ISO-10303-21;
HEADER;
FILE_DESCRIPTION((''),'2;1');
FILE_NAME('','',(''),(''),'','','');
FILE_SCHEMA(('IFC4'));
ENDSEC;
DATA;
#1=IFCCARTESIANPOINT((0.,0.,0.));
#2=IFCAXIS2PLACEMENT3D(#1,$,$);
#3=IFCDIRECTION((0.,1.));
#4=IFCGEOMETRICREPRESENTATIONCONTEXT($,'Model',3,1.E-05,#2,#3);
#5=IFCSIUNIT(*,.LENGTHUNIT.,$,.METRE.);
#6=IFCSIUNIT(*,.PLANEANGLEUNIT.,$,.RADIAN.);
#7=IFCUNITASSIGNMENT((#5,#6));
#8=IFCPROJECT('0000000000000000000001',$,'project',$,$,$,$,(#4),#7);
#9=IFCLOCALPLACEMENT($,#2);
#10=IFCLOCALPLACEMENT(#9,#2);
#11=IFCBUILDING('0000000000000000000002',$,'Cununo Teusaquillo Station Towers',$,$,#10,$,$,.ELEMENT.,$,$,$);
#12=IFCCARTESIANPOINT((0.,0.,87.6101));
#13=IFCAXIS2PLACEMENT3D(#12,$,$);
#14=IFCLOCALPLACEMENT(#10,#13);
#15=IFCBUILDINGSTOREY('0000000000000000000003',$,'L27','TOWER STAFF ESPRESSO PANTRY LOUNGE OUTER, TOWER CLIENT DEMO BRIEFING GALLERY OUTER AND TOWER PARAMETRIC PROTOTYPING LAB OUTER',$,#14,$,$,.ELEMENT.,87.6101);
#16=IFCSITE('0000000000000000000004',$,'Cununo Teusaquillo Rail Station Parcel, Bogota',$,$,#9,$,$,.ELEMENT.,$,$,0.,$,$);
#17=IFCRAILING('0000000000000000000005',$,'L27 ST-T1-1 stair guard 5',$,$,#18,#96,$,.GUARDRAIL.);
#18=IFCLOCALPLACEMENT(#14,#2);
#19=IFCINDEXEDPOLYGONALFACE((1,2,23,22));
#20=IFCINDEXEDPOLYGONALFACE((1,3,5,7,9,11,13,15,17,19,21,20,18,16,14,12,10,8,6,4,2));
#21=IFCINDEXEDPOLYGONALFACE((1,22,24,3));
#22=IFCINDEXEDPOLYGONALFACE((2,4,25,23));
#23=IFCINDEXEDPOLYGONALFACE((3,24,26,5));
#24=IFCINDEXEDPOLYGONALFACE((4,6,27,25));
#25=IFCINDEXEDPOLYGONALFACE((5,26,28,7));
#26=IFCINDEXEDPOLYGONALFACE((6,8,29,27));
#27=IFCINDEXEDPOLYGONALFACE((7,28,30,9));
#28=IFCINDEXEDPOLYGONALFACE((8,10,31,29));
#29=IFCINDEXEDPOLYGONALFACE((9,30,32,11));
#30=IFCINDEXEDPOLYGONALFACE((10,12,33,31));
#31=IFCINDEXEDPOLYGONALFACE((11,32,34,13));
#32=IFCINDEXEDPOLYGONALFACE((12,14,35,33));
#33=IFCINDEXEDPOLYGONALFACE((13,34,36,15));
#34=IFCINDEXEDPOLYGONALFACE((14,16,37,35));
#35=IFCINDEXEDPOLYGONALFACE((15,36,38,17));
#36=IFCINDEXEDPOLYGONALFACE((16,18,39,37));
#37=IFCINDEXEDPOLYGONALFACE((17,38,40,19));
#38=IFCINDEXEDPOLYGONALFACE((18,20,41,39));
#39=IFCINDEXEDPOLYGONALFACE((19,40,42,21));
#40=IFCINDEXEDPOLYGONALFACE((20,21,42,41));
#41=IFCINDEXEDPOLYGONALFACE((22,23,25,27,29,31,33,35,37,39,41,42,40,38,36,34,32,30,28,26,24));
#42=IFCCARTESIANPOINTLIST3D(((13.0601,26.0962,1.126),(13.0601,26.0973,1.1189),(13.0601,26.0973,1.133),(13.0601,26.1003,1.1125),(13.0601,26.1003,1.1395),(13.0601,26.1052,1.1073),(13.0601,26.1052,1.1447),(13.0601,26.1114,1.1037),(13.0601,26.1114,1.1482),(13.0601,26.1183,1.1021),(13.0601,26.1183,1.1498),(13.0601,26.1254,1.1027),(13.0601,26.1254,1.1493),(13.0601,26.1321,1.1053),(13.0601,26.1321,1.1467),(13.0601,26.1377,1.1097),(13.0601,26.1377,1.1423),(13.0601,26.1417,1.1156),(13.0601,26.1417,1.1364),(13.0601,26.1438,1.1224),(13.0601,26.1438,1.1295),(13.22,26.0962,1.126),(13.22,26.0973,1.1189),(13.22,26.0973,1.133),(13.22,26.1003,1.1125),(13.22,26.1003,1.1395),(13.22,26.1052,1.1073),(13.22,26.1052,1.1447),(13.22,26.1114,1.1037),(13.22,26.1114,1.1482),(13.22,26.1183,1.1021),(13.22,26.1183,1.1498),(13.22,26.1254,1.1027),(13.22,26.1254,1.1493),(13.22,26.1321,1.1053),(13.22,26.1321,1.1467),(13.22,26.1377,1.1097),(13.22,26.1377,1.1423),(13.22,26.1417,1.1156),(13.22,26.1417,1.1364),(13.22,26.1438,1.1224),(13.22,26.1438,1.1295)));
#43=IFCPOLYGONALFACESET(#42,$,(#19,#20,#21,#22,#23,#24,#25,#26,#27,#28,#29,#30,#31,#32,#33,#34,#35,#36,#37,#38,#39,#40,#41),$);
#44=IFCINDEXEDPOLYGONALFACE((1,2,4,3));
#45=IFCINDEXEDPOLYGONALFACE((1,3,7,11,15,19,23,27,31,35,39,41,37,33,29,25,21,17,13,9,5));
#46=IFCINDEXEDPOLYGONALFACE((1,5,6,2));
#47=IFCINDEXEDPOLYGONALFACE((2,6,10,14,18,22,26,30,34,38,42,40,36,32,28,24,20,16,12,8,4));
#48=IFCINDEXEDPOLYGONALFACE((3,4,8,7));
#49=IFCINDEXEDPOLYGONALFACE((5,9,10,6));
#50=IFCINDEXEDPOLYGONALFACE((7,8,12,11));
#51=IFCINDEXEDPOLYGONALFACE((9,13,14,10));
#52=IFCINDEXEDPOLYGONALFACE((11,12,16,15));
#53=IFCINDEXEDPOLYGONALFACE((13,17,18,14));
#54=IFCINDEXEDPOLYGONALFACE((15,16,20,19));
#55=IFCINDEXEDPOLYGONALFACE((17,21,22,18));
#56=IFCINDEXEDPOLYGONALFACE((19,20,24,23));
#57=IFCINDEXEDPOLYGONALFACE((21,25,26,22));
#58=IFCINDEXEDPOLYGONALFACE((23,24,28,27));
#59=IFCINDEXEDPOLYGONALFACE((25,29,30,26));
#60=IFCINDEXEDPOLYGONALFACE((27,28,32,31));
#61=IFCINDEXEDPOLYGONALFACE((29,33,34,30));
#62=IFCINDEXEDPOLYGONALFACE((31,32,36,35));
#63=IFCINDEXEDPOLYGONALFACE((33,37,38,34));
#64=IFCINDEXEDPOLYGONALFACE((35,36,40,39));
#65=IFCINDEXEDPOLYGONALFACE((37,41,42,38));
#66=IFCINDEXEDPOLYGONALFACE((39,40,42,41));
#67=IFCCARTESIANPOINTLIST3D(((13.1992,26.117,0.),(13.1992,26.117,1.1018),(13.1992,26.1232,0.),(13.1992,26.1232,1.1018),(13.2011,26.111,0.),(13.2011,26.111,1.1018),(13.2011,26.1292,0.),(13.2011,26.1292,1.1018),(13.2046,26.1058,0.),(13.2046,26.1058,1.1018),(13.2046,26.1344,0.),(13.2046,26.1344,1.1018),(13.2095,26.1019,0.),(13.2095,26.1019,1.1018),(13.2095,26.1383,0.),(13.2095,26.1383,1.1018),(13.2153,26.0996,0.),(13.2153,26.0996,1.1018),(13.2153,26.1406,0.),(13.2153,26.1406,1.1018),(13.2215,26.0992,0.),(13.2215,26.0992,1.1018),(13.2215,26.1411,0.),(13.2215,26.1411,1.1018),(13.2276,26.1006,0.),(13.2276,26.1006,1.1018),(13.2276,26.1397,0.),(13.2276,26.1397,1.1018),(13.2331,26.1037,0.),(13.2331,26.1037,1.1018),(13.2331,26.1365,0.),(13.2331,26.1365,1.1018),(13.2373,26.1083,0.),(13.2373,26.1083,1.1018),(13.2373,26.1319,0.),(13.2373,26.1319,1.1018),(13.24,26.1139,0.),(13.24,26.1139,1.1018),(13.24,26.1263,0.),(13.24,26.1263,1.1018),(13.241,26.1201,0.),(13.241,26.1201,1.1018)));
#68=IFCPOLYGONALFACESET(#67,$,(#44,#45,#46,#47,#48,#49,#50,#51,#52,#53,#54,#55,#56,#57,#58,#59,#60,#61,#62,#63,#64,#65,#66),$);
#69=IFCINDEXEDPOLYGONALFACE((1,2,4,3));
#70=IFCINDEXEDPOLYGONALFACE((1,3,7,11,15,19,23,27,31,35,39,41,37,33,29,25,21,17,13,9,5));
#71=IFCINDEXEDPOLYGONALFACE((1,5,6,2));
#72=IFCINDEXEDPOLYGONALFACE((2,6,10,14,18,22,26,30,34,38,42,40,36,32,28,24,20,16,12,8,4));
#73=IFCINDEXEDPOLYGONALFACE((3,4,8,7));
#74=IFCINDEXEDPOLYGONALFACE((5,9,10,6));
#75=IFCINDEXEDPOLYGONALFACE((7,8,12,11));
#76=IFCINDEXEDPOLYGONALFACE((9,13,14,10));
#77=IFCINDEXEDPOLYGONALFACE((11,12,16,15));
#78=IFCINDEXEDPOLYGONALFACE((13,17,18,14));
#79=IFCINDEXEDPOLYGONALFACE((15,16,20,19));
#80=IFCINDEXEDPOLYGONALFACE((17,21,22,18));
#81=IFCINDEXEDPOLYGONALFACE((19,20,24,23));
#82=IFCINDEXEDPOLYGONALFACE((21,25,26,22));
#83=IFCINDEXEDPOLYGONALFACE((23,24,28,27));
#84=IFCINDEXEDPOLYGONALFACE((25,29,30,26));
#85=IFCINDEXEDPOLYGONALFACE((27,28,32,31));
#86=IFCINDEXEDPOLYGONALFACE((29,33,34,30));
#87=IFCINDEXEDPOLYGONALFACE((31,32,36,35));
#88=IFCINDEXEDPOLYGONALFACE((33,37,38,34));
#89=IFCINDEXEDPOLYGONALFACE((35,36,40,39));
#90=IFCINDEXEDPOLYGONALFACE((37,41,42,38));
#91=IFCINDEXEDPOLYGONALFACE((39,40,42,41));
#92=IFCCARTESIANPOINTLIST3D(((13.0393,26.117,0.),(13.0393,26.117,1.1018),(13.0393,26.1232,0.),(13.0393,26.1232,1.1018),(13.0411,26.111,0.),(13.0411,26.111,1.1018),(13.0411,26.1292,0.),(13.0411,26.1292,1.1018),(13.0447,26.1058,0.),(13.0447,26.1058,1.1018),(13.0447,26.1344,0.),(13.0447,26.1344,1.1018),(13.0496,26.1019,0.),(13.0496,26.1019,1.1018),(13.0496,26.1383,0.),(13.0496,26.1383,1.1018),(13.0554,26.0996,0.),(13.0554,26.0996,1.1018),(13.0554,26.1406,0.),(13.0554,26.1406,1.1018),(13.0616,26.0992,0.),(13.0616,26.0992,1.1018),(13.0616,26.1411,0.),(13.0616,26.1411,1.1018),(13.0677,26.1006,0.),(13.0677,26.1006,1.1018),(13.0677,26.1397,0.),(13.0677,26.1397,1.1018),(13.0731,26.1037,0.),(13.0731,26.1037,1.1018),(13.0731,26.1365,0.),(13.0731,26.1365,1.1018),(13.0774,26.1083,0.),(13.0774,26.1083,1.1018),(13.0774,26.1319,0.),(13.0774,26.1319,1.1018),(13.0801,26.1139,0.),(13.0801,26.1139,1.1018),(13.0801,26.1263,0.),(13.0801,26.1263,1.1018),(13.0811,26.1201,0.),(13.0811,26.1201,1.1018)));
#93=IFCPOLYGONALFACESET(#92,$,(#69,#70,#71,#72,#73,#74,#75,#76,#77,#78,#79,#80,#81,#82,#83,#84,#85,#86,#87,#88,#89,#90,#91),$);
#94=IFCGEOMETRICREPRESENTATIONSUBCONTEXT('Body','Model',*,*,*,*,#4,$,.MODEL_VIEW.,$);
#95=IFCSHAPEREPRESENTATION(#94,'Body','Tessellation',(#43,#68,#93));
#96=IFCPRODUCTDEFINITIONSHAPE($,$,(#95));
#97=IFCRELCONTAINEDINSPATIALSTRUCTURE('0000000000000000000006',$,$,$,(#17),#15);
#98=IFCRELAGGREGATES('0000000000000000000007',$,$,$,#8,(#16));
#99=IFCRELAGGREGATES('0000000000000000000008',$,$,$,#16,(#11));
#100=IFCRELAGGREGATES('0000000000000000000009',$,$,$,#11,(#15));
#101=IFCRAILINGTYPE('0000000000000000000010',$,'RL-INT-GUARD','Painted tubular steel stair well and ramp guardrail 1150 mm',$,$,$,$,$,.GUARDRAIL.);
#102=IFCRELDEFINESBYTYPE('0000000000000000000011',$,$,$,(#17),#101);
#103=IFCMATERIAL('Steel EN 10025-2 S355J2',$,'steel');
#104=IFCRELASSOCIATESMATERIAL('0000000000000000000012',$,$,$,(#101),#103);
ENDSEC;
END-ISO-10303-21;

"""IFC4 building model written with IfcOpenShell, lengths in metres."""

from ifc_helpers import new_model, si_unit, direction, frame, origin, origin_2d, place, context, subcontext, project, spatial, circle, extrude, material, type_object, element, save


model = new_model("IFC4")

# Units and contexts
model_context = context("Model", 3, precision=1e-05, world=origin(), true_north=direction((0.0, 1.0)))
body_context = subcontext(model_context, "Body", "Model", "MODEL_VIEW")
ifc_project = project(units=[si_unit("LENGTHUNIT", "METRE"), si_unit("PLANEANGLEUNIT", "RADIAN")], contexts=[model_context])

# Site, building, storey
site_placement = place(None, origin())
site = spatial("IfcSite", under=ifc_project, at=site_placement, Name="Cununo Teusaquillo Rail Station Parcel, Bogota", CompositionType="ELEMENT", RefElevation=0.0)
building_placement = place(site_placement, origin())
building = spatial("IfcBuilding", under=site, at=building_placement, Name="Cununo Teusaquillo Station Towers", CompositionType="ELEMENT")
storey_placement = place(building_placement, frame((0.0, 0.0, 87.6101)))
storey = spatial("IfcBuildingStorey", under=building, at=storey_placement, Name="L27", Description="TOWER STAFF ESPRESSO PANTRY LOUNGE OUTER, TOWER CLIENT DEMO BRIEFING GALLERY OUTER AND TOWER PARAMETRIC PROTOTYPING LAB OUTER", CompositionType="ELEMENT", Elevation=87.6101)

# Railing
ifc_material_1 = material(Name="Steel EN 10025-2 S355J2", Category="steel")
railing_type_1 = type_object("IfcRailingType", Name="RL-INT-GUARD", Description="Painted tubular steel stair well and ramp guardrail 1150 mm", PredefinedType="GUARDRAIL", material=ifc_material_1)
railing_1_placement = place(storey_placement, frame((13.22, 26.1201, 0.0)))
element("IfcRailing", 1, at=railing_1_placement, inside=storey, type_object=railing_type_1, Name="L27 ST-T1-1 stair guard 5", PredefinedType="GUARDRAIL", context=body_context, shape_type="SweptSolid", body=[
    extrude(circle(Radius=0.0239, at=origin_2d()), frame((0.0, 0.0, 1.126), z_axis=(-1.0, 0.0, 0.0), x_axis=(0.0, -1.0, 0.0)), (0.0, 0.0, 1.0), 0.1599),
    extrude(circle(Radius=0.021, at=origin_2d()), origin(), (0.0, 0.0, 1.0), 1.1018),
    extrude(circle(Radius=0.021, at=origin_2d()), frame((-0.1599, 0.0, 0.0)), (0.0, 0.0, 1.0), 1.1018),
])

save(model, "model.ifc")
